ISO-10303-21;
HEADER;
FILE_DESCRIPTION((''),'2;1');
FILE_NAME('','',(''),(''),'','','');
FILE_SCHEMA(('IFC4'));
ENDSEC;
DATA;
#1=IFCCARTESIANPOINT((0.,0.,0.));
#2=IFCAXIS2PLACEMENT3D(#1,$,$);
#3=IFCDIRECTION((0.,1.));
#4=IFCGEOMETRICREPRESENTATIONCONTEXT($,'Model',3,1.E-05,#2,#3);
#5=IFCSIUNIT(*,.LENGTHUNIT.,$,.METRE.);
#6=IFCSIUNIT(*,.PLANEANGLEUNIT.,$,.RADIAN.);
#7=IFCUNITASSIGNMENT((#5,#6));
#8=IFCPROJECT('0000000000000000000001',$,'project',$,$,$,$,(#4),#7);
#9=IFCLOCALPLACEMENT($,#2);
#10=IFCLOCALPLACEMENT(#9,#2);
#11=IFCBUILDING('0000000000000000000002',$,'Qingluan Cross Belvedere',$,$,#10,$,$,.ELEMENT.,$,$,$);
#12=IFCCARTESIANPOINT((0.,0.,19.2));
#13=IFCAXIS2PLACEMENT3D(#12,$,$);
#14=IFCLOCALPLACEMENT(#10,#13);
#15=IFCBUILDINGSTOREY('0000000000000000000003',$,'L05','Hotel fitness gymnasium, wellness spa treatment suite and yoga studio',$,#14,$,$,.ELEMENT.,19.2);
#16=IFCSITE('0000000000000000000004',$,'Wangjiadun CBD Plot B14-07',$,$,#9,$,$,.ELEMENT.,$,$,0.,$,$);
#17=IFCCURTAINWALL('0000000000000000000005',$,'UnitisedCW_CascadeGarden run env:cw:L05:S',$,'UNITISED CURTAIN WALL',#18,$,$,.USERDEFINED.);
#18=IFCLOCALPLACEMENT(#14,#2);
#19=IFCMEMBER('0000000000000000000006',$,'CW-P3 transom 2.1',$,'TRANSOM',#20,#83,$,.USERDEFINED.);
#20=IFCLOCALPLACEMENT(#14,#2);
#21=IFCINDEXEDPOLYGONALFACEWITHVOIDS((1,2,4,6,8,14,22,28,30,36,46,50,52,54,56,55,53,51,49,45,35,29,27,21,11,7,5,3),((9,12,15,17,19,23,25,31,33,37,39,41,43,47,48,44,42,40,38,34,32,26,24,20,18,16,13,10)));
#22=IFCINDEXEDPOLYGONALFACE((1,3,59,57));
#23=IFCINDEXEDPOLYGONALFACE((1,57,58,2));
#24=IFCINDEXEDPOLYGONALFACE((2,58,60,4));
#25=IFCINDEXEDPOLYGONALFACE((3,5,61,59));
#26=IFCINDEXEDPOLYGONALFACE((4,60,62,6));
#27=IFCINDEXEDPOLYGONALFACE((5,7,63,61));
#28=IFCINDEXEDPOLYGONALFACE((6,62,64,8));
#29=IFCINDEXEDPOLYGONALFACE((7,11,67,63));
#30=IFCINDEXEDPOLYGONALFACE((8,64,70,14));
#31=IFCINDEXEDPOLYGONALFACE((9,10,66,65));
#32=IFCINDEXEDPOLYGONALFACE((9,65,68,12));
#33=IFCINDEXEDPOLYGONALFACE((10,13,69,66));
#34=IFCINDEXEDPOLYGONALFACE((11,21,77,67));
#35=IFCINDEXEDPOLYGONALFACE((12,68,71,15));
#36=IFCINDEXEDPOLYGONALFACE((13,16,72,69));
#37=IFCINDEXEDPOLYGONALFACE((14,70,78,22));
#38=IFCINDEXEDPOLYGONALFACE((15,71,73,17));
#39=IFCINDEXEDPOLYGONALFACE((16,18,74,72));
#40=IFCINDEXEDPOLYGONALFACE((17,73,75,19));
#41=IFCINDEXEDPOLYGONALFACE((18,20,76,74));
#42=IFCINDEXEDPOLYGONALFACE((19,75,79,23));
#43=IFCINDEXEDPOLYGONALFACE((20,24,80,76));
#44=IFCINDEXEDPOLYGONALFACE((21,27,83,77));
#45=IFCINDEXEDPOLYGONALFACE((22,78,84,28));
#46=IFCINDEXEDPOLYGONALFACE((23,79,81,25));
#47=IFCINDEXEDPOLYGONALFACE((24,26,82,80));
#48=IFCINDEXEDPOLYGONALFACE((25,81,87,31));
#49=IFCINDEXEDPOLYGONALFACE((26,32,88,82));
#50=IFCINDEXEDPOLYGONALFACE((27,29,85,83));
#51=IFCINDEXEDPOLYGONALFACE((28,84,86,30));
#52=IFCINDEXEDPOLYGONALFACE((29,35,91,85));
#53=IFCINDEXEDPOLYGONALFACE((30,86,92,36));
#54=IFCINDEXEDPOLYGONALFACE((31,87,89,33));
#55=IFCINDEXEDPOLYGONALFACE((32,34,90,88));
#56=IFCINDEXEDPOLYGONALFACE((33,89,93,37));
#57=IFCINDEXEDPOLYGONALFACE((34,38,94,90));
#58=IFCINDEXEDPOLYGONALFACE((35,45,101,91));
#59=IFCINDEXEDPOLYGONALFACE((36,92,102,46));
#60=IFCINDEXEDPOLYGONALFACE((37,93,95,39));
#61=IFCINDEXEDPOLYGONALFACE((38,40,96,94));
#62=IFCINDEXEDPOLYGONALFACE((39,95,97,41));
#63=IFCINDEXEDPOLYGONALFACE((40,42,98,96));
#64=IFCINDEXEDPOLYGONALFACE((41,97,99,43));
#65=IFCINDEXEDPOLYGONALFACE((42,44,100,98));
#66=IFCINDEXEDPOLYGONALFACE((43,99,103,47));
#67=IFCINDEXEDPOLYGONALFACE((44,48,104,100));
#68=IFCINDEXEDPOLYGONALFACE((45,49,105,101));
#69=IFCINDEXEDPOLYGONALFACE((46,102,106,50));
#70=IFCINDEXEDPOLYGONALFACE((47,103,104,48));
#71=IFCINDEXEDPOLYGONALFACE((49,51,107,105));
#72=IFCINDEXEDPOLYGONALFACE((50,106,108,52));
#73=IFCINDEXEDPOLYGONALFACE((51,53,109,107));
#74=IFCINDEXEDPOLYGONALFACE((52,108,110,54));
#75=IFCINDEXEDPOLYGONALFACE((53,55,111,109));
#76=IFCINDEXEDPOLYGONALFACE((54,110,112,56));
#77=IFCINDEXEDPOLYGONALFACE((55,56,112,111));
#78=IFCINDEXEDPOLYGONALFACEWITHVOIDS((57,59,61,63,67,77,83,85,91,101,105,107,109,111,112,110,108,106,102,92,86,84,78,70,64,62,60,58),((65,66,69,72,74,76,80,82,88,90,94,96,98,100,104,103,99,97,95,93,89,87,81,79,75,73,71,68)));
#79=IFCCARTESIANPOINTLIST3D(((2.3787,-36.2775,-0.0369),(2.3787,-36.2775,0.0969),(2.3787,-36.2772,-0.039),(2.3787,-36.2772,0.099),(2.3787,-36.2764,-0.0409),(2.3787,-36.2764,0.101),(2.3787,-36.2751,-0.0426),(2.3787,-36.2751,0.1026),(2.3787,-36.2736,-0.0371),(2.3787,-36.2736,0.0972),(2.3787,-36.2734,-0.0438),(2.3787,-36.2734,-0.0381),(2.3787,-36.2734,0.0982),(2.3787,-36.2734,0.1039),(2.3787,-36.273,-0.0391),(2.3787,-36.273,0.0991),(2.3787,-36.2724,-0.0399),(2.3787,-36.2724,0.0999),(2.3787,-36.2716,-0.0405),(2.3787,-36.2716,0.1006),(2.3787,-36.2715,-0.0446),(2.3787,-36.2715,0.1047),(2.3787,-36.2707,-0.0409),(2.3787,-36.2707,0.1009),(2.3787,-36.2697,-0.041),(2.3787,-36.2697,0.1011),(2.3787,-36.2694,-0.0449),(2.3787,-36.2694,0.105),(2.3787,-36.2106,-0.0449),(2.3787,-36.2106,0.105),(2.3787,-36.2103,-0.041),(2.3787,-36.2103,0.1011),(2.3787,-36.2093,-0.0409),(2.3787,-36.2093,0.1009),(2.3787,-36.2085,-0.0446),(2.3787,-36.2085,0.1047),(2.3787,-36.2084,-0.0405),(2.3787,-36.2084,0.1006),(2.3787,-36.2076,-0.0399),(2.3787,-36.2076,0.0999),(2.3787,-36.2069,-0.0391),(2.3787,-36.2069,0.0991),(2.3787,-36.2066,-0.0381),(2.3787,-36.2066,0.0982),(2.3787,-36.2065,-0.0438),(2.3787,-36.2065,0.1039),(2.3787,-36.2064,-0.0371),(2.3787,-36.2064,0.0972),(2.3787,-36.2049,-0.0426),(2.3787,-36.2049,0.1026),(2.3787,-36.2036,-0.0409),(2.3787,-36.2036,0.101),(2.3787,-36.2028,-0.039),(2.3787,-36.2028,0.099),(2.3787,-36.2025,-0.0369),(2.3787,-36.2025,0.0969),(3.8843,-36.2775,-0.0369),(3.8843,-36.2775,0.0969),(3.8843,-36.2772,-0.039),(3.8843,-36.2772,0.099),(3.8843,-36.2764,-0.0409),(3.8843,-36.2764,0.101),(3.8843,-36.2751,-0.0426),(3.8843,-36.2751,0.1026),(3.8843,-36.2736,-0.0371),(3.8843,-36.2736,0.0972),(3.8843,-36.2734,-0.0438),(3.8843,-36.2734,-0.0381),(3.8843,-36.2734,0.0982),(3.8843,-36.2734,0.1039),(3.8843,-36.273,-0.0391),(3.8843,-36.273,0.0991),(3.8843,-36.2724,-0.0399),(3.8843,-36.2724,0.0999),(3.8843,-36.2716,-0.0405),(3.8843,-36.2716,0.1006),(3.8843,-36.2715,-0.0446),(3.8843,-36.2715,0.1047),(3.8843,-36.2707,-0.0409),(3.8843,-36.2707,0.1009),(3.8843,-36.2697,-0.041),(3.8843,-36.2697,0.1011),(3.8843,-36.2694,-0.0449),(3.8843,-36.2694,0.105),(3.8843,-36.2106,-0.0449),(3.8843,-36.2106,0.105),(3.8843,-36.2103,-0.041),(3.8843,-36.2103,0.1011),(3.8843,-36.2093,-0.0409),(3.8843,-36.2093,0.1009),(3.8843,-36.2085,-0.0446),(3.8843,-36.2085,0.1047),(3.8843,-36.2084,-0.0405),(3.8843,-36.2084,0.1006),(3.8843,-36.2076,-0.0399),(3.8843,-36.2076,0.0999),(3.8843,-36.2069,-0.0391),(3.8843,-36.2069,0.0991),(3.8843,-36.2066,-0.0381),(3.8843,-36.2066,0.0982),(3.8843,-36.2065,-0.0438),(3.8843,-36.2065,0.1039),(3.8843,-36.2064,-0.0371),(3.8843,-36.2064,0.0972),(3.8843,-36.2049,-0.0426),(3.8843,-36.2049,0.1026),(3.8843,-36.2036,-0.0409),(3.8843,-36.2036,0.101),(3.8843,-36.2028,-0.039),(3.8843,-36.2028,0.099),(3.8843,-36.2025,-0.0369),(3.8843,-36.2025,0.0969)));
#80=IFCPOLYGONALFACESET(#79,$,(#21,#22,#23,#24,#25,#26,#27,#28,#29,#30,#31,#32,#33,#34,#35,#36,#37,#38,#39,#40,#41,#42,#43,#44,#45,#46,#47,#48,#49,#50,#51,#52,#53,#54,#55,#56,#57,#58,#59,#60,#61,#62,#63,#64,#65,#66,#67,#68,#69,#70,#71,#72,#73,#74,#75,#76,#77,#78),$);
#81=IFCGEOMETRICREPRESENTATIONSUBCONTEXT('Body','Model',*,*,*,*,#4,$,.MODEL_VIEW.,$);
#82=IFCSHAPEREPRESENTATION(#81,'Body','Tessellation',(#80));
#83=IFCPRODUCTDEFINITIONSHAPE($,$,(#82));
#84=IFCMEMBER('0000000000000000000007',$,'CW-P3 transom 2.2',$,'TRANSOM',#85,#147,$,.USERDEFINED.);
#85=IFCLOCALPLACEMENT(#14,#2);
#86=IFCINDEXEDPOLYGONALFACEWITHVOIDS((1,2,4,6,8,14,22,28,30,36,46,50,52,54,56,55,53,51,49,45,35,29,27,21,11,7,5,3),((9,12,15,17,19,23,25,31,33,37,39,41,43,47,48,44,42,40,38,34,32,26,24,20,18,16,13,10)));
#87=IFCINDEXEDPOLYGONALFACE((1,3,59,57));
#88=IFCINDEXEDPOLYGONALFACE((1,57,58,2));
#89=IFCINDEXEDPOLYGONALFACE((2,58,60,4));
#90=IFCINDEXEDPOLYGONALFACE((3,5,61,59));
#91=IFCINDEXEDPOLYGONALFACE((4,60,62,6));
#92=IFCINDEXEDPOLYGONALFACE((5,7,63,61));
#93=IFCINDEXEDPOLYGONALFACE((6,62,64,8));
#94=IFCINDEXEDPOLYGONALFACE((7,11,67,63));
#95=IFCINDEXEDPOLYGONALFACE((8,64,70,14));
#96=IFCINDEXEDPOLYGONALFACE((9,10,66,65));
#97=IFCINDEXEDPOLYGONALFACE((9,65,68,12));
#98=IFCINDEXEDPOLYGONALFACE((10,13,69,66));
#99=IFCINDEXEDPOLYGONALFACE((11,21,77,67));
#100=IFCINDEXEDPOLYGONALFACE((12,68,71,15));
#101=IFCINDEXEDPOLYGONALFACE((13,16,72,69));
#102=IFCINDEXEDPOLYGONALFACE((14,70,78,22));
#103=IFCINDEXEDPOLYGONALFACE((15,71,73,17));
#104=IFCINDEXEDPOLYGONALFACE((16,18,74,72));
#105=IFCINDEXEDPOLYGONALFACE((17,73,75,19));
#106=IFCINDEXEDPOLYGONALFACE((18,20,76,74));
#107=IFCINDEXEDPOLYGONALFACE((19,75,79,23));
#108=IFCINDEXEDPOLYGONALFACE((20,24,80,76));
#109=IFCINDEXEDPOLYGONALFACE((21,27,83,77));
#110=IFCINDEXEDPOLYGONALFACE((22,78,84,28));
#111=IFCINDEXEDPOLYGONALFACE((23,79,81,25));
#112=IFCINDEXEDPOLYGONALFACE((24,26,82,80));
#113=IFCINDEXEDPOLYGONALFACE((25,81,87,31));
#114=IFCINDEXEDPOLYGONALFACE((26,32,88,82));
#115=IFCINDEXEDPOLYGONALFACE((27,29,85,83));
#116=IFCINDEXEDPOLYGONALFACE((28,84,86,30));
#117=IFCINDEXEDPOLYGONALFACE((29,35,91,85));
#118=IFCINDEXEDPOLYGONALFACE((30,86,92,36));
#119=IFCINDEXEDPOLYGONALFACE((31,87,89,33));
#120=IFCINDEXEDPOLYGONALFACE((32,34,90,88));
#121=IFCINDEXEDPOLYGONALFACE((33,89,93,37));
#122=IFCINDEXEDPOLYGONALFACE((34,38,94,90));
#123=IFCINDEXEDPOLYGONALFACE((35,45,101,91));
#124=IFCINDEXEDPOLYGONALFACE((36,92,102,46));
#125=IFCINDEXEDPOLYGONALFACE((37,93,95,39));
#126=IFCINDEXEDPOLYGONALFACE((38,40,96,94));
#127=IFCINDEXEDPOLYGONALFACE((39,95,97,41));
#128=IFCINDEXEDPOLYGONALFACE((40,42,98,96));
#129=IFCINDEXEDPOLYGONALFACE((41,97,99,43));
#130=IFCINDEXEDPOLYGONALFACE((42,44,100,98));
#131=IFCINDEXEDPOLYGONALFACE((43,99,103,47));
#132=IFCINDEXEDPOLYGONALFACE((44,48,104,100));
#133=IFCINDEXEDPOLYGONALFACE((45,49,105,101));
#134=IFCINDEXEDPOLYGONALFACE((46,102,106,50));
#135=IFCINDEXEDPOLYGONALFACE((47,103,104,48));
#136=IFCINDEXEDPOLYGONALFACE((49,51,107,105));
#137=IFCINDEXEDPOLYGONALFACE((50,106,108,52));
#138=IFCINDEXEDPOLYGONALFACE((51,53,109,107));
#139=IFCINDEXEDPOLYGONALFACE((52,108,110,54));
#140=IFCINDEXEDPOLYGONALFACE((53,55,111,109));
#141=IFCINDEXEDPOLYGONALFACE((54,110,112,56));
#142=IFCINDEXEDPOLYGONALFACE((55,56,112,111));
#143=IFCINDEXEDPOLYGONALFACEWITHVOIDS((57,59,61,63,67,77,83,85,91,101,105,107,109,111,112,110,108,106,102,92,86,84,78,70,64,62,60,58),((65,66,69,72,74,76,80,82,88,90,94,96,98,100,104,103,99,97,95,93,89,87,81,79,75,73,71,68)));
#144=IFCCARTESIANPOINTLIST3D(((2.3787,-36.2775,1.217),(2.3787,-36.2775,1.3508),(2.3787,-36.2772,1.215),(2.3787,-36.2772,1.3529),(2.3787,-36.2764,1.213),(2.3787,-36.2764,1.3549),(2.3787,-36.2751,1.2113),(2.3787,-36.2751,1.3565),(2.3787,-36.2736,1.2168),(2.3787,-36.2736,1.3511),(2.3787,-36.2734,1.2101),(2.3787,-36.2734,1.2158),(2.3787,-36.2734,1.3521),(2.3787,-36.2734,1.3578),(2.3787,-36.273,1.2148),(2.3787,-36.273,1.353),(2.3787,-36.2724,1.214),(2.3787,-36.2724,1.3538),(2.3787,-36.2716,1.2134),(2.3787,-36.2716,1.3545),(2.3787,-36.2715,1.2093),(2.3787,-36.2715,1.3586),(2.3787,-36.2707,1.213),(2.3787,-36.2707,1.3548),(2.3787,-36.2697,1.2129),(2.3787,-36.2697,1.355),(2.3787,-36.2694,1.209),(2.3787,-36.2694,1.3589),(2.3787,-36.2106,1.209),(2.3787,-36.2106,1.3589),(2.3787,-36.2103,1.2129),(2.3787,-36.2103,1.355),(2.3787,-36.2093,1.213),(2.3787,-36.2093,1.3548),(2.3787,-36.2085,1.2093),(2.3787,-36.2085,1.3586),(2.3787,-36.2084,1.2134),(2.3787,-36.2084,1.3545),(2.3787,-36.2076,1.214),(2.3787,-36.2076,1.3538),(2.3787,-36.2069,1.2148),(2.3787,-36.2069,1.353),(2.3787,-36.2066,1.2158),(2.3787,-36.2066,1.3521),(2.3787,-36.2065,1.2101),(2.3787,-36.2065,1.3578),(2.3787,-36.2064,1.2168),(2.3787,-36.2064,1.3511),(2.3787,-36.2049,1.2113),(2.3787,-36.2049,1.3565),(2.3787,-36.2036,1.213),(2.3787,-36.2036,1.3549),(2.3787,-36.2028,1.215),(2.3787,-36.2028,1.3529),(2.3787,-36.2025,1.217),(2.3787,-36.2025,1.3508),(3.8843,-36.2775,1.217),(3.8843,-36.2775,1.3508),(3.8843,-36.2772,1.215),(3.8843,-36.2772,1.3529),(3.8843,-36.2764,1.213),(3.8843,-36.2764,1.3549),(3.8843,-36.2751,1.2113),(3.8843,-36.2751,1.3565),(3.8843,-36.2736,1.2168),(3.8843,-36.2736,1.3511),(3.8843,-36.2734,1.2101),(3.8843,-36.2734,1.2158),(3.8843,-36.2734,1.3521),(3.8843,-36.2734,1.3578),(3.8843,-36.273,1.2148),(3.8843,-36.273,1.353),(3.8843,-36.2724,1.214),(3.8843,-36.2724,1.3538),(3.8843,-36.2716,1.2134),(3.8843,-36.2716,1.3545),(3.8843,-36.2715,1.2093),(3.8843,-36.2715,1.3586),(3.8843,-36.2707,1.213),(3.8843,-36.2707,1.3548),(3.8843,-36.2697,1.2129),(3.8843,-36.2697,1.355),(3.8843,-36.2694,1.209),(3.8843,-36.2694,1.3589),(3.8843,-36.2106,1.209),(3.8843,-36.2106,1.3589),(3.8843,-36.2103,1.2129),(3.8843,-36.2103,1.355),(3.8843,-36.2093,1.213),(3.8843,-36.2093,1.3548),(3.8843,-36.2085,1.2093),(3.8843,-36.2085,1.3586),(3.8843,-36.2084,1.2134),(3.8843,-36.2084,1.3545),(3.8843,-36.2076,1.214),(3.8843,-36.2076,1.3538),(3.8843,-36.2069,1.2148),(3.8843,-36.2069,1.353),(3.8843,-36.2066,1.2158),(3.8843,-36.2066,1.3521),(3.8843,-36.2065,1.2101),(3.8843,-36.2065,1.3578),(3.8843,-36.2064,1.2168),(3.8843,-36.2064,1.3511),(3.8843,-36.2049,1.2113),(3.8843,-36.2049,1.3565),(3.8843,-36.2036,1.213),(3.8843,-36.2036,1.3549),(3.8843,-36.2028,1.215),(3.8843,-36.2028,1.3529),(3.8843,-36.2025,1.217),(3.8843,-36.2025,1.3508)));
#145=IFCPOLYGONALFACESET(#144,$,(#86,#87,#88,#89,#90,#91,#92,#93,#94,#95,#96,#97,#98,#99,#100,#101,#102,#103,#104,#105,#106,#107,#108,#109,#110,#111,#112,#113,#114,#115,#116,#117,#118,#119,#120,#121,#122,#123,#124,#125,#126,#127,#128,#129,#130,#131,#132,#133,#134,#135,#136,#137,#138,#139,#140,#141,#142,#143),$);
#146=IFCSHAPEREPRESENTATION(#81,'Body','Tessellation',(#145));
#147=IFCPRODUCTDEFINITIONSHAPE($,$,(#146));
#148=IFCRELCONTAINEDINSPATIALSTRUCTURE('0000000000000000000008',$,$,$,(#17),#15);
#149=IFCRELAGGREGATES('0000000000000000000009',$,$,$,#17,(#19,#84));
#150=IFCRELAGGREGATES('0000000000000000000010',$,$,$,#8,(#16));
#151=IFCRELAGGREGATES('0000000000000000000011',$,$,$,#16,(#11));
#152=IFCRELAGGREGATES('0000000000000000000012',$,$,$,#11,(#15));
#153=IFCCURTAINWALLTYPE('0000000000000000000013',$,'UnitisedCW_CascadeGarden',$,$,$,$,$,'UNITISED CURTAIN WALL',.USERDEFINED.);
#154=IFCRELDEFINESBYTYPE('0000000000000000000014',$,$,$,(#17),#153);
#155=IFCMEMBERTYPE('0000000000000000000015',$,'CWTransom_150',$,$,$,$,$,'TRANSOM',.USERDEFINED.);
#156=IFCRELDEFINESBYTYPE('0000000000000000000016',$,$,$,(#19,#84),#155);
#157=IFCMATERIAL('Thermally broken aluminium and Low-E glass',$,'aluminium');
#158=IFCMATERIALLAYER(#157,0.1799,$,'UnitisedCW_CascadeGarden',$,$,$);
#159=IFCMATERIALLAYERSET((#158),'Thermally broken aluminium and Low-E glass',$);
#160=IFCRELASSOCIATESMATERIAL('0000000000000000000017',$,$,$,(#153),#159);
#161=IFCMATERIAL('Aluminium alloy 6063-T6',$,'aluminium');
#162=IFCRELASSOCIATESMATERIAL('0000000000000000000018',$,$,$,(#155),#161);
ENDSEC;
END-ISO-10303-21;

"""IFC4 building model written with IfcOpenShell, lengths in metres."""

from ifc_helpers import new_model, si_unit, direction, frame, origin, origin_2d, place, context, subcontext, project, spatial, hollow_rectangle, extrude, material, layer, layer_set, material_profile, profile_set, type_object, element, aggregate, save


model = new_model("IFC4")

# Units and contexts
model_context = context("Model", 3, precision=1e-05, world=origin(), true_north=direction((0.0, 1.0)))
body_context = subcontext(model_context, "Body", "Model", "MODEL_VIEW")
ifc_project = project(units=[si_unit("LENGTHUNIT", "METRE"), si_unit("PLANEANGLEUNIT", "RADIAN")], contexts=[model_context])

# Site, building, storey
site_placement = place(None, origin())
site = spatial("IfcSite", under=ifc_project, at=site_placement, Name="Wangjiadun CBD Plot B14-07", CompositionType="ELEMENT", RefElevation=0.0)
building_placement = place(site_placement, origin())
building = spatial("IfcBuilding", under=site, at=building_placement, Name="Qingluan Cross Belvedere", CompositionType="ELEMENT")
storey_placement = place(building_placement, frame((0.0, 0.0, 19.2)))
storey = spatial("IfcBuildingStorey", under=building, at=storey_placement, Name="L05", Description="Hotel fitness gymnasium, wellness spa treatment suite and yoga studio", CompositionType="ELEMENT", Elevation=19.2)

# Curtain wall, members
ifc_material_1 = material(Name="Thermally broken aluminium and Low-E glass", Category="aluminium")
ifc_layer_1 = layer(ifc_material_1, 0.1799, Name="UnitisedCW_CascadeGarden")
ifc_layer_set_1 = layer_set([ifc_layer_1], Name="Thermally broken aluminium and Low-E glass")
curtain_wall_type = type_object("IfcCurtainWallType", Name="UnitisedCW_CascadeGarden", ElementType="UNITISED CURTAIN WALL", PredefinedType="USERDEFINED", material=ifc_layer_set_1)
curtain_wall_placement = place(storey_placement, origin())
curtain_wall = element("IfcCurtainWall", 1, at=curtain_wall_placement, inside=storey, type_object=curtain_wall_type, Name="UnitisedCW_CascadeGarden run env:cw:L05:S", ObjectType="UNITISED CURTAIN WALL", PredefinedType="USERDEFINED")
ifc_material_2 = material(Name="Aluminium alloy 6063-T6", Category="aluminium")
ifc_material_profile_1 = material_profile(ifc_material_2, hollow_rectangle(XDim=0.075, YDim=0.1499, WallThickness=0.0039, InnerFilletRadius=0.0039, OuterFilletRadius=0.0081, at=origin_2d()), Name="CWT150x75x4")
ifc_profile_set_1 = profile_set([ifc_material_profile_1], Name="Aluminium alloy 6063-T6")
member_type_1 = type_object("IfcMemberType", Name="CWTransom_150", ElementType="TRANSOM", PredefinedType="USERDEFINED", material=ifc_profile_set_1)
member_1_placement = place(storey_placement, frame((3.8843, -36.24, 0.03), z_axis=(-1.0, 0.0, 0.0), x_axis=(0.0, -1.0, 0.0)))
member_1 = element("IfcMember", 2, at=member_1_placement, type_object=member_type_1, Name="CW-P3 transom 2.1", ObjectType="TRANSOM", PredefinedType="USERDEFINED", context=body_context, shape_type="SweptSolid", body=[
    extrude(hollow_rectangle(XDim=0.075, YDim=0.1499, WallThickness=0.0039, InnerFilletRadius=0.0039, OuterFilletRadius=0.0081, at=origin_2d()), origin(), (0.0, 0.0, 1.0), 1.5056),
])
member_2_placement = place(storey_placement, frame((3.8843, -36.24, 1.2839), z_axis=(-1.0, 0.0, 0.0), x_axis=(0.0, -1.0, 0.0)))
member_2 = element("IfcMember", 3, at=member_2_placement, type_object=member_type_1, Name="CW-P3 transom 2.2", ObjectType="TRANSOM", PredefinedType="USERDEFINED", context=body_context, shape_type="SweptSolid", body=[
    extrude(hollow_rectangle(XDim=0.075, YDim=0.1499, WallThickness=0.0039, InnerFilletRadius=0.0039, OuterFilletRadius=0.0081, at=origin_2d()), origin(), (0.0, 0.0, 1.0), 1.5056),
])
aggregate(curtain_wall, [member_1, member_2])

save(model, "model.ifc")
